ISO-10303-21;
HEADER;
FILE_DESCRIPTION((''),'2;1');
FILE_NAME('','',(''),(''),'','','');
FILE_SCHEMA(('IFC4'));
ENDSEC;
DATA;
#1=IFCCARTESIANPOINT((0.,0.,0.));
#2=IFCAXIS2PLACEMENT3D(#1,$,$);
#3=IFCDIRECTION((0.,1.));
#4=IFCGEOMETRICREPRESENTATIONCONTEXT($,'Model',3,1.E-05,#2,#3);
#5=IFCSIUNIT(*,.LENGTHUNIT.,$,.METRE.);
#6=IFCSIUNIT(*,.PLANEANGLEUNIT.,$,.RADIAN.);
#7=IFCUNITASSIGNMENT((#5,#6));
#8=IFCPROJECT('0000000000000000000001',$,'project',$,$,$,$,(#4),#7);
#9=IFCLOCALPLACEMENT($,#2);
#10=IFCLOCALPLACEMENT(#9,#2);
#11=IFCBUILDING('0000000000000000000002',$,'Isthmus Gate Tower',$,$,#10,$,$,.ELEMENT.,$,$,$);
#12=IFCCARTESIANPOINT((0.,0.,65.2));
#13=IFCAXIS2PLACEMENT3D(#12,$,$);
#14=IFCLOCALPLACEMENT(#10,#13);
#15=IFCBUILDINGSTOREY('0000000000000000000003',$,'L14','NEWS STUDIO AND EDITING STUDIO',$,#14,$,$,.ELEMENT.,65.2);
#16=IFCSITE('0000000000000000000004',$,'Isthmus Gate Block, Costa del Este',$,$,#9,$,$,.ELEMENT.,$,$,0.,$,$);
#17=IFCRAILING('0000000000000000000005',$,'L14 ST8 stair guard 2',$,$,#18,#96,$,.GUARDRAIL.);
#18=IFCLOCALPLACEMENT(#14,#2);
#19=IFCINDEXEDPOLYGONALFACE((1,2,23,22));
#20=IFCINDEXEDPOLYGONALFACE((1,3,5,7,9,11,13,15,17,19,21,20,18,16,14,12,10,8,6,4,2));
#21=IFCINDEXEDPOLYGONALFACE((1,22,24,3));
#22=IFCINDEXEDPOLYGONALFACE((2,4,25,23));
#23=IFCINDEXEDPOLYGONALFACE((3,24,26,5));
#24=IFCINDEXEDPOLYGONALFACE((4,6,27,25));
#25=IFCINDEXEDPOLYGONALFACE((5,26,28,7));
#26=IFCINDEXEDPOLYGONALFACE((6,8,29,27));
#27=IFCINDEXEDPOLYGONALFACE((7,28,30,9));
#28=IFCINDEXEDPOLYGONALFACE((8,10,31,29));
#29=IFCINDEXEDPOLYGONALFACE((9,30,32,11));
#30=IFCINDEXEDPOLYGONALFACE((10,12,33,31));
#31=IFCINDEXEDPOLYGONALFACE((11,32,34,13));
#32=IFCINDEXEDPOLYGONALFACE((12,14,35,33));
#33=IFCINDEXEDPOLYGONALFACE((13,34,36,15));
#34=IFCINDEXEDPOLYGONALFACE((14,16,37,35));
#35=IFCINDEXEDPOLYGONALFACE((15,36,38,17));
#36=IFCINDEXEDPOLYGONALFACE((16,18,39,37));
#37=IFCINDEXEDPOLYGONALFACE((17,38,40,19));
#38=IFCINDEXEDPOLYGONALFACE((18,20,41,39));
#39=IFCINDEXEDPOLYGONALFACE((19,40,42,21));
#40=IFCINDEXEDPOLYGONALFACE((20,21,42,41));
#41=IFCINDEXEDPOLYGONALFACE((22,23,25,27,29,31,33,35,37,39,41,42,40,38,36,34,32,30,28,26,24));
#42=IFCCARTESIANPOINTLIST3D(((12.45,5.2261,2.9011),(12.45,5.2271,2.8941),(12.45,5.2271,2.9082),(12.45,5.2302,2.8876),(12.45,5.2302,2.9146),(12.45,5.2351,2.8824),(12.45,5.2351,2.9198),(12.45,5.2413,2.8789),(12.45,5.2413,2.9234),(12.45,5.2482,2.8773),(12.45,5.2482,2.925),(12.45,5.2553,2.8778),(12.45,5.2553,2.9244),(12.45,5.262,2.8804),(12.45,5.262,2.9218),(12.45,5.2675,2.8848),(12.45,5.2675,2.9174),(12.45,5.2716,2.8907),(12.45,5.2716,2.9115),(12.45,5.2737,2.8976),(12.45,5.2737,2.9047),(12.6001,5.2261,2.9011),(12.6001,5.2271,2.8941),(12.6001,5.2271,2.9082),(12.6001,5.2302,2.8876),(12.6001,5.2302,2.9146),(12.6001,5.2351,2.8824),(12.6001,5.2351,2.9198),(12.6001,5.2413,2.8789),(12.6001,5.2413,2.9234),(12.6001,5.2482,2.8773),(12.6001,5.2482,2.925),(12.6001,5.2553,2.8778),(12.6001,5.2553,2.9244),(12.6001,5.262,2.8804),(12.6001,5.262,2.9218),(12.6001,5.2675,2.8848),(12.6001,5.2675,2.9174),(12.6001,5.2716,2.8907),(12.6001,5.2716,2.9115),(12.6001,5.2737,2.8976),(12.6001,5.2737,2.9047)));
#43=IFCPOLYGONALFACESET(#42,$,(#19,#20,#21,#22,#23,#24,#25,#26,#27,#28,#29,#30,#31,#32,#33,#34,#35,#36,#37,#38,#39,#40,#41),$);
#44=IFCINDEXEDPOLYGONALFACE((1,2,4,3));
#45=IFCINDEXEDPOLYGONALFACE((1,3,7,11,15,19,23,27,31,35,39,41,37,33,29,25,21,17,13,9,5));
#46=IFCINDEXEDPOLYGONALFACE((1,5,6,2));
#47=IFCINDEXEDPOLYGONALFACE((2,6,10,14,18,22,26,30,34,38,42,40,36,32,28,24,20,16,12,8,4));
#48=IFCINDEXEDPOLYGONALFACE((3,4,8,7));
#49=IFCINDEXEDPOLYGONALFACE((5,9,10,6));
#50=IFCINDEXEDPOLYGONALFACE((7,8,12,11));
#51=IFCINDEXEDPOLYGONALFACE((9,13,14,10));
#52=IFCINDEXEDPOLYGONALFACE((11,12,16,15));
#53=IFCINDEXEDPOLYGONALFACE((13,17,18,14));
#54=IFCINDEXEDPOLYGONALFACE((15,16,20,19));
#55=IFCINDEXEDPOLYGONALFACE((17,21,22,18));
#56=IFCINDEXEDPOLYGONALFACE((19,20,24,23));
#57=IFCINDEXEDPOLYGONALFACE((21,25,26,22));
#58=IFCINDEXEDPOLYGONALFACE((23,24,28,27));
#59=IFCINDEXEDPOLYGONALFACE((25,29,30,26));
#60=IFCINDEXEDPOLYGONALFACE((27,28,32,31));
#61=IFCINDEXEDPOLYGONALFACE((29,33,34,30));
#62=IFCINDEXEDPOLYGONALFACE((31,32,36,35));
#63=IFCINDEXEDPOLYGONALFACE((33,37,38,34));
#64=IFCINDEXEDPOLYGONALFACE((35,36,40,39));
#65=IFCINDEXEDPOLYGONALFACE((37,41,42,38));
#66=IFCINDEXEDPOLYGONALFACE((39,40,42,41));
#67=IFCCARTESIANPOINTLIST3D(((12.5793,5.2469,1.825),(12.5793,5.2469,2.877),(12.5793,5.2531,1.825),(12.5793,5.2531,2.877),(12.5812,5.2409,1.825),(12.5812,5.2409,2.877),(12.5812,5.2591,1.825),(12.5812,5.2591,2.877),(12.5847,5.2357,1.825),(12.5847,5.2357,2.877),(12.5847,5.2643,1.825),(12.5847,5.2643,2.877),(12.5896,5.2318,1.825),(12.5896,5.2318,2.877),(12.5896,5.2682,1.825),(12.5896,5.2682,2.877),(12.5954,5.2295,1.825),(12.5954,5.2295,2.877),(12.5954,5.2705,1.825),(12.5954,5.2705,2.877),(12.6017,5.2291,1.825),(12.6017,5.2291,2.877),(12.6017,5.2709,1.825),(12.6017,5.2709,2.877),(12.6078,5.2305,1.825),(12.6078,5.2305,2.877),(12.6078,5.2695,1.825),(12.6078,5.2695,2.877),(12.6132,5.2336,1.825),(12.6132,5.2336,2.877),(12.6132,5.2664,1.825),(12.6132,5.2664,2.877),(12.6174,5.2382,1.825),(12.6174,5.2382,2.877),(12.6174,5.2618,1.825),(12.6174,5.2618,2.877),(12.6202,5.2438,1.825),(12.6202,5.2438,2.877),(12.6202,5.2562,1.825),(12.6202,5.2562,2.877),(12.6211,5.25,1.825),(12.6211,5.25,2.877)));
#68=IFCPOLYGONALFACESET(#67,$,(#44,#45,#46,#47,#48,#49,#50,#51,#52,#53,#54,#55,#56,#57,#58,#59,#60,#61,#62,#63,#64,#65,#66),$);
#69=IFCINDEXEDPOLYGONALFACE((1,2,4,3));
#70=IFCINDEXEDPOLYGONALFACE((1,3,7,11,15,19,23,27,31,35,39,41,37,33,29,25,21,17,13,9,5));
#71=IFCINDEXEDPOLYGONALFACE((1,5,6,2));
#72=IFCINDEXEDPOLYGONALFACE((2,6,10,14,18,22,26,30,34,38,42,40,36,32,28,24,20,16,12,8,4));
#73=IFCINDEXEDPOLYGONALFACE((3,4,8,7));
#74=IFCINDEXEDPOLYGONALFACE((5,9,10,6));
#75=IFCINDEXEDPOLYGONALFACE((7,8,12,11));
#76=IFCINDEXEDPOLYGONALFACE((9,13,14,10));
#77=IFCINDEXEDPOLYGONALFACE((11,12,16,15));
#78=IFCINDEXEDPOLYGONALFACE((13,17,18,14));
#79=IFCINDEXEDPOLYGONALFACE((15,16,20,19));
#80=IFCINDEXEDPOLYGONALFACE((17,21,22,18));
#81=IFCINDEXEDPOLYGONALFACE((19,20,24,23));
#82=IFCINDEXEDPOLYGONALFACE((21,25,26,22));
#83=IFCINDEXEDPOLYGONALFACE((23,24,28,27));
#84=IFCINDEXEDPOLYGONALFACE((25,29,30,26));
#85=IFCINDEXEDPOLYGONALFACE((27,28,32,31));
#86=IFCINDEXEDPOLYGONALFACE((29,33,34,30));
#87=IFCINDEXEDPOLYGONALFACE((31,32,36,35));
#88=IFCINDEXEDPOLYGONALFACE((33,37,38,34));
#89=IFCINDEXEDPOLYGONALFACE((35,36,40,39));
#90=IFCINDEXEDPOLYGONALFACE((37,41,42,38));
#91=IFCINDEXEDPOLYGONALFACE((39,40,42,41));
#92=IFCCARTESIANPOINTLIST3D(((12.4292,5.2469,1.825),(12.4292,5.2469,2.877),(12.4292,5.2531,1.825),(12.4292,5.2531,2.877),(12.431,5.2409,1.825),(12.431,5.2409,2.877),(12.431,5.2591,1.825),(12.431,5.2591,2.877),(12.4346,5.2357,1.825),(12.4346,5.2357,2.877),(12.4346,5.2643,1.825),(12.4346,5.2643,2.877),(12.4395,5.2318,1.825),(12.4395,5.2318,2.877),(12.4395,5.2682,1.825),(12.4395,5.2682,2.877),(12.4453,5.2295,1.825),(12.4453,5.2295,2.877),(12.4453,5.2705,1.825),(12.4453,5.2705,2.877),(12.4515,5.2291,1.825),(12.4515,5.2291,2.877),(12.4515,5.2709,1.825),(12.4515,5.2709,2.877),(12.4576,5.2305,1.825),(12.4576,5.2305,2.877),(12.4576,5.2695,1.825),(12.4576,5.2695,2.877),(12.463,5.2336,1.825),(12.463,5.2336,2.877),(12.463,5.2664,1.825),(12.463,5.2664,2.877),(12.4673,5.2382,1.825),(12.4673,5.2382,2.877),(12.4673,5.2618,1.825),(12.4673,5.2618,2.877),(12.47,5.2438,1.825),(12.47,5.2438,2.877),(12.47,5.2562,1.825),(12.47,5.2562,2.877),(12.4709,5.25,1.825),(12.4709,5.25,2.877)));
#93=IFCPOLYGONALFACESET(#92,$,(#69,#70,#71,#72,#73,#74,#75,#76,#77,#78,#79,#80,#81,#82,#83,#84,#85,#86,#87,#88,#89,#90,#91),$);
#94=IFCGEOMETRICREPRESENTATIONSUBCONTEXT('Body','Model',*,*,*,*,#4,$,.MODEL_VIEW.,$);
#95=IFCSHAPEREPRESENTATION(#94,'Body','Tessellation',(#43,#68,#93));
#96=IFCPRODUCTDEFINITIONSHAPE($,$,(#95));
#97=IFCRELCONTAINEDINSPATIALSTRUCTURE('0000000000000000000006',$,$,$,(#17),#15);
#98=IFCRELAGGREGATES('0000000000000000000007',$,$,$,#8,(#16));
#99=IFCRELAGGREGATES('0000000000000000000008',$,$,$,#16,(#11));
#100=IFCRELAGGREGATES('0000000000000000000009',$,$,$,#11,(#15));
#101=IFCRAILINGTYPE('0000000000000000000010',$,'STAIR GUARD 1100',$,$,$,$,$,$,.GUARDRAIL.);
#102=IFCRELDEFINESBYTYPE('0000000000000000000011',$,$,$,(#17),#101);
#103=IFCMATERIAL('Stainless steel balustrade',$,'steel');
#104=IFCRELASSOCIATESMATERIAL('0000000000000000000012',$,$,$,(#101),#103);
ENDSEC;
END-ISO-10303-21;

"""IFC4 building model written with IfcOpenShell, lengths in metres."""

from ifc_helpers import new_model, si_unit, direction, frame, origin, origin_2d, place, context, subcontext, project, spatial, circle, extrude, material, type_object, element, save


model = new_model("IFC4")

# Units and contexts
model_context = context("Model", 3, precision=1e-05, world=origin(), true_north=direction((0.0, 1.0)))
body_context = subcontext(model_context, "Body", "Model", "MODEL_VIEW")
ifc_project = project(units=[si_unit("LENGTHUNIT", "METRE"), si_unit("PLANEANGLEUNIT", "RADIAN")], contexts=[model_context])

# Site, building, storey
site_placement = place(None, origin())
site = spatial("IfcSite", under=ifc_project, at=site_placement, Name="Isthmus Gate Block, Costa del Este", CompositionType="ELEMENT", RefElevation=0.0)
building_placement = place(site_placement, origin())
building = spatial("IfcBuilding", under=site, at=building_placement, Name="Isthmus Gate Tower", CompositionType="ELEMENT")
storey_placement = place(building_placement, frame((0.0, 0.0, 65.2)))
storey = spatial("IfcBuildingStorey", under=building, at=storey_placement, Name="L14", Description="NEWS STUDIO AND EDITING STUDIO", CompositionType="ELEMENT", Elevation=65.2)

# Railing
ifc_material_1 = material(Name="Stainless steel balustrade", Category="steel")
railing_type_1 = type_object("IfcRailingType", Name="STAIR GUARD 1100", PredefinedType="GUARDRAIL", material=ifc_material_1)
railing_1_placement = place(storey_placement, frame((12.6001, 5.25, 1.825)))
element("IfcRailing", 1, at=railing_1_placement, inside=storey, type_object=railing_type_1, Name="L14 ST8 stair guard 2", PredefinedType="GUARDRAIL", context=body_context, shape_type="SweptSolid", body=[
    extrude(circle(Radius=0.0239, at=origin_2d()), frame((0.0, 0.0, 1.0762), z_axis=(-1.0, 0.0, 0.0), x_axis=(0.0, -1.0, 0.0)), (0.0, 0.0, 1.0), 0.1501),
    extrude(circle(Radius=0.021, at=origin_2d()), origin(), (0.0, 0.0, 1.0), 1.052),
    extrude(circle(Radius=0.021, at=origin_2d()), frame((-0.1501, 0.0, 0.0)), (0.0, 0.0, 1.0), 1.052),
])

save(model, "model.ifc")
